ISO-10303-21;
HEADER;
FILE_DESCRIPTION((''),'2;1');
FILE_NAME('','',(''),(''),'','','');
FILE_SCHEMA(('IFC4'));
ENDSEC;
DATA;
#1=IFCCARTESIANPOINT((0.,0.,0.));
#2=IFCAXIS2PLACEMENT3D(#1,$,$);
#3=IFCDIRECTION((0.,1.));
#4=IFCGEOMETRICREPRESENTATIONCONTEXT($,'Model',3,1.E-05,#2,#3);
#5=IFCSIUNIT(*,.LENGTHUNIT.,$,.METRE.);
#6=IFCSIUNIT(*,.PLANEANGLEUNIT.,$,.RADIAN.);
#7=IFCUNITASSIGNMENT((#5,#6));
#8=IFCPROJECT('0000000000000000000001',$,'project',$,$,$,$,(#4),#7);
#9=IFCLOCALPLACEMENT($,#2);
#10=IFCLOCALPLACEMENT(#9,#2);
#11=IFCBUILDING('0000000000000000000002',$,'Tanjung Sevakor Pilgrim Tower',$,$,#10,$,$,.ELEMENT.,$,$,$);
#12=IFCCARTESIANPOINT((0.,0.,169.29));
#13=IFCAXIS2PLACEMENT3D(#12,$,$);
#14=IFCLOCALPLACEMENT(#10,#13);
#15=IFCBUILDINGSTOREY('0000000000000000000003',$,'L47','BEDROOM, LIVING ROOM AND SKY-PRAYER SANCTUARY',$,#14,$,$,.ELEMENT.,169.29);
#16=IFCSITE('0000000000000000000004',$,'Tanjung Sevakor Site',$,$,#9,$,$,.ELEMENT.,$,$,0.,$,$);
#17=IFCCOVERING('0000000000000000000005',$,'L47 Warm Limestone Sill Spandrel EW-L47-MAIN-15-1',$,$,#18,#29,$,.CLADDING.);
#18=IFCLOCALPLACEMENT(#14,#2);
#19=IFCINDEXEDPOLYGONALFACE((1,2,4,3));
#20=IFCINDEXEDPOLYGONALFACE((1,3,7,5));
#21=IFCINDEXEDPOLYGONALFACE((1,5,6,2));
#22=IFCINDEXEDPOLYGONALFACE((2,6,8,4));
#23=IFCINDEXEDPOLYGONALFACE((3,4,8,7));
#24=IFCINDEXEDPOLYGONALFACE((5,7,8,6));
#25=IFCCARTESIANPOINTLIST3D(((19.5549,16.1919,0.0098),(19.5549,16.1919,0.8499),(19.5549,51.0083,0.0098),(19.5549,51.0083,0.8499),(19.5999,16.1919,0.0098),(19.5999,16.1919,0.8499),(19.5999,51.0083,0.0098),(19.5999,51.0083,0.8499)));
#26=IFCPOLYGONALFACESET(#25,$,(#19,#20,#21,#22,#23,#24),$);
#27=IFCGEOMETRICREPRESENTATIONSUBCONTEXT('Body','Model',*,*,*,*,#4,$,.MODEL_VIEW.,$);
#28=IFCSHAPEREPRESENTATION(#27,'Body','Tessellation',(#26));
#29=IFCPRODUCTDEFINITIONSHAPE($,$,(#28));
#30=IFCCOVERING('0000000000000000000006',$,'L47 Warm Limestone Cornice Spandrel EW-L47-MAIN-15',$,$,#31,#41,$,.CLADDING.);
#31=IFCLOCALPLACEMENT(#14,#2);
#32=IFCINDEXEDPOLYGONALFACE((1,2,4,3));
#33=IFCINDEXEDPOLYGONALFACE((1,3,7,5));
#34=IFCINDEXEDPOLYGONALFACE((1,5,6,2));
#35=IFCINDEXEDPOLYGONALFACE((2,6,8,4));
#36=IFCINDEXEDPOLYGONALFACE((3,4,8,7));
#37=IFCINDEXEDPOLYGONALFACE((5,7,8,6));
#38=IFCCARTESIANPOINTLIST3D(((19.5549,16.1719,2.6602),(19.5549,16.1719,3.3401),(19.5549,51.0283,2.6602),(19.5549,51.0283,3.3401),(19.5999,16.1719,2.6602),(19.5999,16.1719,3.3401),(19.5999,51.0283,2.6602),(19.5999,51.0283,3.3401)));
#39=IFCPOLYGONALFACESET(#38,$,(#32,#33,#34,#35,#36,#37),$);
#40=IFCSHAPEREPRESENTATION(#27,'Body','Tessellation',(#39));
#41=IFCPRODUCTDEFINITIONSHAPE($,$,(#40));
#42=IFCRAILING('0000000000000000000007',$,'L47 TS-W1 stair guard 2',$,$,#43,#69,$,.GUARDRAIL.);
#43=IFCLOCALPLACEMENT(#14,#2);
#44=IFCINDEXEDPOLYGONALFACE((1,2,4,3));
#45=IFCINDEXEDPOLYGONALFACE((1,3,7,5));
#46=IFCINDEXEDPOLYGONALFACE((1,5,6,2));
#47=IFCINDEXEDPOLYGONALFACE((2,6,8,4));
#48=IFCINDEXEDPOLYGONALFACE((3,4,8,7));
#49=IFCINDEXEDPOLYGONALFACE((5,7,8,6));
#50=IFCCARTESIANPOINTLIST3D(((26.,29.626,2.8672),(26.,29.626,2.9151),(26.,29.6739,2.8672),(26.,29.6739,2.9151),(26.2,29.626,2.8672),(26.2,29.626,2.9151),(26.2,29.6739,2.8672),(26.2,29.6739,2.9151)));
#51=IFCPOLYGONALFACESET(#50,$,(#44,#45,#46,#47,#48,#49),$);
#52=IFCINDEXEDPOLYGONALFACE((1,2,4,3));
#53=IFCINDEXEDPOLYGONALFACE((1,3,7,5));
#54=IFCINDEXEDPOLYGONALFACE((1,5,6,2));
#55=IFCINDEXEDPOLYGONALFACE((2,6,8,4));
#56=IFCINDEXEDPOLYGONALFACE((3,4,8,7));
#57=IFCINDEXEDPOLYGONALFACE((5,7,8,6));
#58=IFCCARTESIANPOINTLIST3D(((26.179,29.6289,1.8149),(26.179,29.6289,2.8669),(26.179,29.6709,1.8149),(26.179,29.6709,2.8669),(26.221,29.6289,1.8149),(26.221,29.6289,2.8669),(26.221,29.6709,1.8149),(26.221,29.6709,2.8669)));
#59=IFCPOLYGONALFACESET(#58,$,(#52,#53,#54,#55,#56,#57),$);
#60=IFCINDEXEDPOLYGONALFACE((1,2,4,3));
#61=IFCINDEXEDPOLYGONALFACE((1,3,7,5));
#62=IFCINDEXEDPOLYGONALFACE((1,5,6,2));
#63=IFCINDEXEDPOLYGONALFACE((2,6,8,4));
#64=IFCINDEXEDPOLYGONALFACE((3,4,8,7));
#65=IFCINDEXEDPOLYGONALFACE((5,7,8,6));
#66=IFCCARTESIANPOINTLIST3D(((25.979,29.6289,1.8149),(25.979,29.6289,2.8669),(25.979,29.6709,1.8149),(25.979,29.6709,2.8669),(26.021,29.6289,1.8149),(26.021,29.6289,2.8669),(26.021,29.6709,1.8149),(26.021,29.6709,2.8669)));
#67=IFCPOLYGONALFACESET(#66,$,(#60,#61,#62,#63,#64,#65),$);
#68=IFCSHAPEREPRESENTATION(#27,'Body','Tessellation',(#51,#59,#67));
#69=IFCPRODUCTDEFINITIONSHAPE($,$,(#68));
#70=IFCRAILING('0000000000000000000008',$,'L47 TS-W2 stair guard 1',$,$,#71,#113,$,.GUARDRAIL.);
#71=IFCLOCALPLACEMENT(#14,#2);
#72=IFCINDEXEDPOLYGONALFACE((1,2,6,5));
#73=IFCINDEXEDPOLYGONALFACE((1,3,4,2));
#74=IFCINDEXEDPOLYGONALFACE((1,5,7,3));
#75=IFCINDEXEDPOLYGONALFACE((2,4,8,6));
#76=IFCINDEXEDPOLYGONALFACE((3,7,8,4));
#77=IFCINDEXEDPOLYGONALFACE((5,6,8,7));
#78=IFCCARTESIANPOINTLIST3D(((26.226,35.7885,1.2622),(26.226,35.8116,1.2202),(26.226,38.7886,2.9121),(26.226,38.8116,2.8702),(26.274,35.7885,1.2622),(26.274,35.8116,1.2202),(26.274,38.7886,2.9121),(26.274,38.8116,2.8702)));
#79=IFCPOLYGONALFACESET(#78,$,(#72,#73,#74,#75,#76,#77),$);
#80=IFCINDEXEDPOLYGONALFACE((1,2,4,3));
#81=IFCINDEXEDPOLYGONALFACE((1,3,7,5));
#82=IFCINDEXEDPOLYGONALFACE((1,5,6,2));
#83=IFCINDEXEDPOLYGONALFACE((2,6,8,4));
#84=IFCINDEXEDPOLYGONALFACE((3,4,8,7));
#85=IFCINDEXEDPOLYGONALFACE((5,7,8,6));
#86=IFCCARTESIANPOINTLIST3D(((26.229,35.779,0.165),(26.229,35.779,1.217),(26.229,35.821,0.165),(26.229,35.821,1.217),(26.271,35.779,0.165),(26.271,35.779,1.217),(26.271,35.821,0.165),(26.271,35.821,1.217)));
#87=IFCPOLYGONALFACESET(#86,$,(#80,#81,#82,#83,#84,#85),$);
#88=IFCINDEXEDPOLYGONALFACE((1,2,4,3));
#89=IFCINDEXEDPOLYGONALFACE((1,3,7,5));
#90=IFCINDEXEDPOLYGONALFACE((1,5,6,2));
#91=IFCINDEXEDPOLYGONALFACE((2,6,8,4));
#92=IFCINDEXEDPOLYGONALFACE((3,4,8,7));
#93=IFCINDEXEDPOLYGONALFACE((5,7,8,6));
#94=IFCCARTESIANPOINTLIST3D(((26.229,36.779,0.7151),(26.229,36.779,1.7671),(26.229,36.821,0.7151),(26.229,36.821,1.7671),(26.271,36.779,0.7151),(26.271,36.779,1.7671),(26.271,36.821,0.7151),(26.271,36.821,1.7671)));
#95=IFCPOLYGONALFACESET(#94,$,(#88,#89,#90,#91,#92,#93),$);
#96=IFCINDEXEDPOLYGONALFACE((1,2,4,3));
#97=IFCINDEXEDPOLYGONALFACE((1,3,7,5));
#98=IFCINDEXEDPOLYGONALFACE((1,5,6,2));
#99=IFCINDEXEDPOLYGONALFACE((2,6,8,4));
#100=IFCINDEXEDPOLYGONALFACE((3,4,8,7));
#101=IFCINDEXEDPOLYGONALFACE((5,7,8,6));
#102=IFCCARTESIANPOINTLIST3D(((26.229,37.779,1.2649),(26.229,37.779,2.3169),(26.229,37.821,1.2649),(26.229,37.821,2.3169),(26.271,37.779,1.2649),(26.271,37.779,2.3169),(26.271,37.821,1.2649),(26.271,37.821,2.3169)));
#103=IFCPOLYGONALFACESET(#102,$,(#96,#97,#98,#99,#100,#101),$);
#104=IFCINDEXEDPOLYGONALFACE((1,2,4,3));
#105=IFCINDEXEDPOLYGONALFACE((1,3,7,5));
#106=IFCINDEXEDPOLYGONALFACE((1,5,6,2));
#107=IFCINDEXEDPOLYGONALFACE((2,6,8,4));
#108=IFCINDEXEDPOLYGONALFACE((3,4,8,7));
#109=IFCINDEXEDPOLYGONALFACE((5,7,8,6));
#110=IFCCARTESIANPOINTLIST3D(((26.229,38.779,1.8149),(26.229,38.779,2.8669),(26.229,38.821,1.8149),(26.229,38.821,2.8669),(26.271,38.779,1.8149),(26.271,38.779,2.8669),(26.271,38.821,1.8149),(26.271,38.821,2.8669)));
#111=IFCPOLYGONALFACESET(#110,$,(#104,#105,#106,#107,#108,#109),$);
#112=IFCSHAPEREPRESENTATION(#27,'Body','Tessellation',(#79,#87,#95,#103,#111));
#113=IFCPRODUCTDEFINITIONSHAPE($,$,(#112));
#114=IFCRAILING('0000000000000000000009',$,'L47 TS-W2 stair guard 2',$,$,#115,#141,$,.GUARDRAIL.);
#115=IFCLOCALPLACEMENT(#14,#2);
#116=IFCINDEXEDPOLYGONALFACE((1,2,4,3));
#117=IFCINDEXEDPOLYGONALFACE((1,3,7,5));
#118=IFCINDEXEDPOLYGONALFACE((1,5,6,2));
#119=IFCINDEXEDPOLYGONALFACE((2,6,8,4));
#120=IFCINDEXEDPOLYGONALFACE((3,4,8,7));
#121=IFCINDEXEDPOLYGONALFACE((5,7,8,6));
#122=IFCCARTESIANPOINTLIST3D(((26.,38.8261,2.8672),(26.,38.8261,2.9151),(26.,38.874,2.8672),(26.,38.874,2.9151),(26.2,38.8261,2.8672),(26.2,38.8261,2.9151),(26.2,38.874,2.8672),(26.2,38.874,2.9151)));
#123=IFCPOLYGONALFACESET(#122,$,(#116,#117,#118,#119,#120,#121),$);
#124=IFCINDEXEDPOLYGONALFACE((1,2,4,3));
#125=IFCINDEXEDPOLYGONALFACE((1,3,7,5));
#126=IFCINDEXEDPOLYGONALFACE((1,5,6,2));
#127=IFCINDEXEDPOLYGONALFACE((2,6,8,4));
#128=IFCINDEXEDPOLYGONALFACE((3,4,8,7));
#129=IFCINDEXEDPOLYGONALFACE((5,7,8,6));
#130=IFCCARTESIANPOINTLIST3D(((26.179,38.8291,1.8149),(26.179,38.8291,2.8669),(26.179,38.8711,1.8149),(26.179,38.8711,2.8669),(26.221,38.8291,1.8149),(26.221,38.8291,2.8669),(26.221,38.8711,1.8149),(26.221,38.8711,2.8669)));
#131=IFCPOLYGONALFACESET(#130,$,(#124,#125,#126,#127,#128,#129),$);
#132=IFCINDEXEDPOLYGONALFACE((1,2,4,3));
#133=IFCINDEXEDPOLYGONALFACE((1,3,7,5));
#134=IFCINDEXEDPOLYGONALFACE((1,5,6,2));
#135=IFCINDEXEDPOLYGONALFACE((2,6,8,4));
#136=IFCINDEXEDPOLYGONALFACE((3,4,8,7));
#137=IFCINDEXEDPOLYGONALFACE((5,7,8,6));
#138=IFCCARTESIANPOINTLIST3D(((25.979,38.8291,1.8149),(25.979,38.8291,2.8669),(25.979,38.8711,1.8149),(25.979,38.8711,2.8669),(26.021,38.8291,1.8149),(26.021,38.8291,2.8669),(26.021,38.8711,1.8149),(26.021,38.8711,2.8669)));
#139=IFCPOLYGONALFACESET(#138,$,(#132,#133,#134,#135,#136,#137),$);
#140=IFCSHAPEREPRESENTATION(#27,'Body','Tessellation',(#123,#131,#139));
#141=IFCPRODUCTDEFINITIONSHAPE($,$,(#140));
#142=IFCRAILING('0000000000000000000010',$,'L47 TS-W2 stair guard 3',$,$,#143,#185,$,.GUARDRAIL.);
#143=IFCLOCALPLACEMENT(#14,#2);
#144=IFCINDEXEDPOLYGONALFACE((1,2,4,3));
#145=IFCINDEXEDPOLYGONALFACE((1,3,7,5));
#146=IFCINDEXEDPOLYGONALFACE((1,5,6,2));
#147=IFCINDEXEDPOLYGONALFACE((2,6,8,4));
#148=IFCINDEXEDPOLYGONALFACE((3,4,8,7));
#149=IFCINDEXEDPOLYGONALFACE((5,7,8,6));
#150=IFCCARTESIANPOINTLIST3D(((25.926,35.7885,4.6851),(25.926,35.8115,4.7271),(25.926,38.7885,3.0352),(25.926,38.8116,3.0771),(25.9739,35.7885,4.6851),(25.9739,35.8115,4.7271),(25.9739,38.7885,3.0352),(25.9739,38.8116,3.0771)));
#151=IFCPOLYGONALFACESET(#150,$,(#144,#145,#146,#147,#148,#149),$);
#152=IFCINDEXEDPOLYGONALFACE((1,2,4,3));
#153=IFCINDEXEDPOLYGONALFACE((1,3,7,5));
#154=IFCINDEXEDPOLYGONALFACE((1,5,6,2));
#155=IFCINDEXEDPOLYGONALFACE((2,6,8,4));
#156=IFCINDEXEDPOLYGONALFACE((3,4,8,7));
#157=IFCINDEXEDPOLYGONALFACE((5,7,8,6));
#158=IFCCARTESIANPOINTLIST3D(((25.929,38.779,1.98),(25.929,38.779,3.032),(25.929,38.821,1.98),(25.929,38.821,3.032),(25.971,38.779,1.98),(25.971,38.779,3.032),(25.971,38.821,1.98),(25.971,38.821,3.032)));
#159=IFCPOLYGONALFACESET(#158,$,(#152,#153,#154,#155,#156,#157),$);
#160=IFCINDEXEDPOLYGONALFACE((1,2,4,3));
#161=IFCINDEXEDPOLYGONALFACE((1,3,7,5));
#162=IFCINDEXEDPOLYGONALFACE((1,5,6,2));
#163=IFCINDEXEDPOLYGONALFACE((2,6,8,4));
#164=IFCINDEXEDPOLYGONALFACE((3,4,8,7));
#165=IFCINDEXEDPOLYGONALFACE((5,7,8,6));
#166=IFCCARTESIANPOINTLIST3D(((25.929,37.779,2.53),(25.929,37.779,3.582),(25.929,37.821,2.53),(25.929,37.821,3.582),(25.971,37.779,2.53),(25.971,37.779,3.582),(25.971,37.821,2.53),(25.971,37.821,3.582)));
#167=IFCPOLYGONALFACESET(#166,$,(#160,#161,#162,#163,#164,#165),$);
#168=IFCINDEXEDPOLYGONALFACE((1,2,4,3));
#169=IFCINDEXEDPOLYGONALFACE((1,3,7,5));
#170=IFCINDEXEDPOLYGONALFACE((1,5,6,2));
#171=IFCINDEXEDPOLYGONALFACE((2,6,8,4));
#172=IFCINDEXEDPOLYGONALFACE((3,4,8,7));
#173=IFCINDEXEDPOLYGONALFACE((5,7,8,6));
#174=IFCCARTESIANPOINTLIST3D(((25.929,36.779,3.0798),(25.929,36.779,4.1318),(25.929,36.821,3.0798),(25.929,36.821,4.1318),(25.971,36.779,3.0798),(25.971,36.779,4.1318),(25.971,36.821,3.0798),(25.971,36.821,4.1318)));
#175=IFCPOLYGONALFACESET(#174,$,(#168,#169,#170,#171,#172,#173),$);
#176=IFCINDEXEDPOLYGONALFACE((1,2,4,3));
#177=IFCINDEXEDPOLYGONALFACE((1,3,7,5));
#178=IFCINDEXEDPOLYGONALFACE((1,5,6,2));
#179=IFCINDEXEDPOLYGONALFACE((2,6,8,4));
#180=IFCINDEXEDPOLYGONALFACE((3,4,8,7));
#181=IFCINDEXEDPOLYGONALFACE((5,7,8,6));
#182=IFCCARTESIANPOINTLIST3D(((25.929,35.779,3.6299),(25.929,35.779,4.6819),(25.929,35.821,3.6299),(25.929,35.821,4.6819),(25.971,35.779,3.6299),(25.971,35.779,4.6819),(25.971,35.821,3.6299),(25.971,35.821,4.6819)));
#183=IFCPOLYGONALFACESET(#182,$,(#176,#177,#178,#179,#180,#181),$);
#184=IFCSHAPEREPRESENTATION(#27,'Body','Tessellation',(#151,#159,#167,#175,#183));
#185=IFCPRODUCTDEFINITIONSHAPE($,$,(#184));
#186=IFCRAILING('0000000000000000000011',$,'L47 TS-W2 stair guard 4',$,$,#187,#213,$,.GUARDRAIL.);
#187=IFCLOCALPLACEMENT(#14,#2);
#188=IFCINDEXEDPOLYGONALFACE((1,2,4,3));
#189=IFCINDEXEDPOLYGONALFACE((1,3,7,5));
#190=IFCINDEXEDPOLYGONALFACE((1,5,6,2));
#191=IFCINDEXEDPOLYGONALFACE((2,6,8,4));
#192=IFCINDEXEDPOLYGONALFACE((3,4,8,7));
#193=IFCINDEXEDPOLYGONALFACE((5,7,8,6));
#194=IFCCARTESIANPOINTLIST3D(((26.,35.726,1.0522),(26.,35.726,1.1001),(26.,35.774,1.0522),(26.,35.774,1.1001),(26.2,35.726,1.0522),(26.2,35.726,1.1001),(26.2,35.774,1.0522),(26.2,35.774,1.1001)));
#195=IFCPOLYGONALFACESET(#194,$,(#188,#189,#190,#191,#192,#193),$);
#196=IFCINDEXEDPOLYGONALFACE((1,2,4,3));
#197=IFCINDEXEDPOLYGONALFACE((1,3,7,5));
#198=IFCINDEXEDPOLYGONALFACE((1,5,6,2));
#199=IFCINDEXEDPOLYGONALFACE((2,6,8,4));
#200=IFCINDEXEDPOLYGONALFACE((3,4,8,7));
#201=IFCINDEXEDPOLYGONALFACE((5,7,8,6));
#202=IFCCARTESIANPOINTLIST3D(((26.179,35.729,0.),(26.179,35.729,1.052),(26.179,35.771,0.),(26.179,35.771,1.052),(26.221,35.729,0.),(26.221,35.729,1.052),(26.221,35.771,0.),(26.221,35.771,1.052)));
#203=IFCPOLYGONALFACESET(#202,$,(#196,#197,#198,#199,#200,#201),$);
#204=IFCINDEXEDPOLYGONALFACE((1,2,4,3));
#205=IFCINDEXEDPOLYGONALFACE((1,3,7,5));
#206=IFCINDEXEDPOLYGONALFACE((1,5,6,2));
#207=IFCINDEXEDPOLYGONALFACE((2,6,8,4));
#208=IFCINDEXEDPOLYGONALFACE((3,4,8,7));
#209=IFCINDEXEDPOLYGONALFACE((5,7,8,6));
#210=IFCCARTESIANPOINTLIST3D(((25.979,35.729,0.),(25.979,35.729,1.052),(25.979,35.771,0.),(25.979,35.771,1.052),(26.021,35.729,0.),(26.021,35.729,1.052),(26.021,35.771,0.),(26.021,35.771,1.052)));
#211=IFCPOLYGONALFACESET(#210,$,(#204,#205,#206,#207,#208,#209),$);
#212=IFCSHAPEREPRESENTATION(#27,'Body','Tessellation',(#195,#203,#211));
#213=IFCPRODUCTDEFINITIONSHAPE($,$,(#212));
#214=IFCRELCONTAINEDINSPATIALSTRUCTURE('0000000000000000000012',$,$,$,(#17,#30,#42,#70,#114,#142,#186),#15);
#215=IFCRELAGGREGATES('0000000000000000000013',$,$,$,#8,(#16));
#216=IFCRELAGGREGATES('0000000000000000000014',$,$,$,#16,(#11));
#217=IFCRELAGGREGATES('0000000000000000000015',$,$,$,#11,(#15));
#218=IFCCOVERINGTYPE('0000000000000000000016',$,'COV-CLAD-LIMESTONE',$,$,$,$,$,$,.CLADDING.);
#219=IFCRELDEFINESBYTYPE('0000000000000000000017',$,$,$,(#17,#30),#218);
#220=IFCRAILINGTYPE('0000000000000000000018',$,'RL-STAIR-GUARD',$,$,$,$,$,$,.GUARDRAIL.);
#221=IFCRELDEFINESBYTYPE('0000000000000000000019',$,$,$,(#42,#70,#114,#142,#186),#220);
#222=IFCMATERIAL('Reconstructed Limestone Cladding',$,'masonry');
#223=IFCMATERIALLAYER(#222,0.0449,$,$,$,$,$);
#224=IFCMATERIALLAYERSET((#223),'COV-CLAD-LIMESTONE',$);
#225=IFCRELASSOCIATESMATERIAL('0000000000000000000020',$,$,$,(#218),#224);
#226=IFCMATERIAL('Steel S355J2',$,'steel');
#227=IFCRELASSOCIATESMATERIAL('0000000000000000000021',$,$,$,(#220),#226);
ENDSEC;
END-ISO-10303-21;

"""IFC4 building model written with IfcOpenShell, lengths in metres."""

from ifc_helpers import new_model, si_unit, direction, frame, origin, origin_2d, place, context, subcontext, project, spatial, rectangle, extrude, material, layer, layer_set, type_object, element, save


model = new_model("IFC4")

# Units and contexts
model_context = context("Model", 3, precision=1e-05, world=origin(), true_north=direction((0.0, 1.0)))
body_context = subcontext(model_context, "Body", "Model", "MODEL_VIEW")
ifc_project = project(units=[si_unit("LENGTHUNIT", "METRE"), si_unit("PLANEANGLEUNIT", "RADIAN")], contexts=[model_context])

# Site, building, storey
site_placement = place(None, origin())
site = spatial("IfcSite", under=ifc_project, at=site_placement, Name="Tanjung Sevakor Site", CompositionType="ELEMENT", RefElevation=0.0)
building_placement = place(site_placement, origin())
building = spatial("IfcBuilding", under=site, at=building_placement, Name="Tanjung Sevakor Pilgrim Tower", CompositionType="ELEMENT")
storey_placement = place(building_placement, frame((0.0, 0.0, 169.29)))
storey = spatial("IfcBuildingStorey", under=building, at=storey_placement, Name="L47", Description="BEDROOM, LIVING ROOM AND SKY-PRAYER SANCTUARY", CompositionType="ELEMENT", Elevation=169.29)

# Coverings
ifc_material_1 = material(Name="Reconstructed Limestone Cladding", Category="masonry")
ifc_layer_1 = layer(ifc_material_1, 0.0449)
ifc_layer_set_1 = layer_set([ifc_layer_1], Name="COV-CLAD-LIMESTONE")
covering_type = type_object("IfcCoveringType", Name="COV-CLAD-LIMESTONE", PredefinedType="CLADDING", material=ifc_layer_set_1)
covering_1_placement = place(storey_placement, frame((19.5774, 33.6001, 0.0098), z_axis=(0.0, 0.0, 1.0), x_axis=(0.0, -1.0, 0.0)))
element("IfcCovering", 1, at=covering_1_placement, inside=storey, type_object=covering_type, Name="L47 Warm Limestone Sill Spandrel EW-L47-MAIN-15-1", PredefinedType="CLADDING", context=body_context, shape_type="SweptSolid", body=[
    extrude(rectangle(XDim=34.8164, YDim=0.0449, at=origin_2d()), origin(), (0.0, 0.0, 1.0), 0.8401),
])
covering_2_placement = place(storey_placement, frame((19.5774, 33.6001, 2.6602), z_axis=(0.0, 0.0, 1.0), x_axis=(0.0, -1.0, 0.0)))
element("IfcCovering", 2, at=covering_2_placement, inside=storey, type_object=covering_type, Name="L47 Warm Limestone Cornice Spandrel EW-L47-MAIN-15", PredefinedType="CLADDING", context=body_context, shape_type="SweptSolid", body=[
    extrude(rectangle(XDim=34.8564, YDim=0.0449, at=origin_2d()), origin(), (0.0, 0.0, 1.0), 0.6799),
])

# Railings
ifc_material_2 = material(Name="Steel S355J2", Category="steel")
railing_type_1 = type_object("IfcRailingType", Name="RL-STAIR-GUARD", PredefinedType="GUARDRAIL", material=ifc_material_2)
railing_1_placement = place(storey_placement, frame((26.2, 29.6499, 1.8149)))
element("IfcRailing", 3, at=railing_1_placement, inside=storey, type_object=railing_type_1, Name="L47 TS-W1 stair guard 2", PredefinedType="GUARDRAIL", context=body_context, shape_type="SweptSolid", body=[
    extrude(rectangle(XDim=0.0479, YDim=0.0479), frame((0.0, 0.0, 1.0762), z_axis=(-1.0, 0.0, 0.0), x_axis=(0.0, -1.0, 0.0)), (0.0, 0.0, 1.0), 0.2),
    extrude(rectangle(XDim=0.042, YDim=0.042), origin(), (0.0, 0.0, 1.0), 1.052),
    extrude(rectangle(XDim=0.042, YDim=0.042), frame((-0.2, 0.0, 0.0)), (0.0, 0.0, 1.0), 1.052),
])
railing_2_placement = place(storey_placement, frame((26.25, 35.8, 0.165)))
element("IfcRailing", 4, at=railing_2_placement, inside=storey, type_object=railing_type_1, Name="L47 TS-W2 stair guard 1", PredefinedType="GUARDRAIL", context=body_context, shape_type="SweptSolid", body=[
    extrude(rectangle(XDim=0.0479, YDim=0.0479), frame((0.0, 0.0, 1.0762), z_axis=(0.0, 0.876228, 0.481897), x_axis=(-1.0, 0.0, 0.0)), (0.0, 0.0, 1.0), 3.4238),
    extrude(rectangle(XDim=0.042, YDim=0.042), origin(), (0.0, 0.0, 1.0), 1.052),
    extrude(rectangle(XDim=0.042, YDim=0.042), frame((0.0, 1.0, 0.55)), (0.0, 0.0, 1.0), 1.052),
    extrude(rectangle(XDim=0.042, YDim=0.042), frame((0.0, 2.0, 1.0999)), (0.0, 0.0, 1.0), 1.052),
    extrude(rectangle(XDim=0.042, YDim=0.042), frame((0.0, 3.0, 1.6499)), (0.0, 0.0, 1.0), 1.052),
])
railing_3_placement = place(storey_placement, frame((26.2, 38.8501, 1.8149)))
element("IfcRailing", 5, at=railing_3_placement, inside=storey, type_object=railing_type_1, Name="L47 TS-W2 stair guard 2", PredefinedType="GUARDRAIL", context=body_context, shape_type="SweptSolid", body=[
    extrude(rectangle(XDim=0.0479, YDim=0.0479), frame((0.0, 0.0, 1.0762), z_axis=(-1.0, 0.0, 0.0), x_axis=(0.0, -1.0, 0.0)), (0.0, 0.0, 1.0), 0.2),
    extrude(rectangle(XDim=0.042, YDim=0.042), origin(), (0.0, 0.0, 1.0), 1.052),
    extrude(rectangle(XDim=0.042, YDim=0.042), frame((-0.2, 0.0, 0.0)), (0.0, 0.0, 1.0), 1.052),
])
railing_4_placement = place(storey_placement, frame((25.95, 38.8, 1.98)))
element("IfcRailing", 6, at=railing_4_placement, inside=storey, type_object=railing_type_1, Name="L47 TS-W2 stair guard 3", PredefinedType="GUARDRAIL", context=body_context, shape_type="SweptSolid", body=[
    extrude(rectangle(XDim=0.0479, YDim=0.0479), frame((0.0, 0.0, 1.0762), z_axis=(0.0, -0.876228, 0.481897), x_axis=(1.0, 0.0, 0.0)), (0.0, 0.0, 1.0), 3.4238),
    extrude(rectangle(XDim=0.042, YDim=0.042), origin(), (0.0, 0.0, 1.0), 1.052),
    extrude(rectangle(XDim=0.042, YDim=0.042), frame((0.0, -1.0, 0.55)), (0.0, 0.0, 1.0), 1.052),
    extrude(rectangle(XDim=0.042, YDim=0.042), frame((0.0, -2.0, 1.0999)), (0.0, 0.0, 1.0), 1.052),
    extrude(rectangle(XDim=0.042, YDim=0.042), frame((0.0, -3.0, 1.6499)), (0.0, 0.0, 1.0), 1.052),
])
railing_5_placement = place(storey_placement, frame((26.2, 35.75, 0.0)))
element("IfcRailing", 7, at=railing_5_placement, inside=storey, type_object=railing_type_1, Name="L47 TS-W2 stair guard 4", PredefinedType="GUARDRAIL", context=body_context, shape_type="SweptSolid", body=[
    extrude(rectangle(XDim=0.0479, YDim=0.0479), frame((0.0, 0.0, 1.0762), z_axis=(-1.0, 0.0, 0.0), x_axis=(0.0, -1.0, 0.0)), (0.0, 0.0, 1.0), 0.2),
    extrude(rectangle(XDim=0.042, YDim=0.042), origin(), (0.0, 0.0, 1.0), 1.052),
    extrude(rectangle(XDim=0.042, YDim=0.042), frame((-0.2, 0.0, 0.0)), (0.0, 0.0, 1.0), 1.052),
])

save(model, "model.ifc")
